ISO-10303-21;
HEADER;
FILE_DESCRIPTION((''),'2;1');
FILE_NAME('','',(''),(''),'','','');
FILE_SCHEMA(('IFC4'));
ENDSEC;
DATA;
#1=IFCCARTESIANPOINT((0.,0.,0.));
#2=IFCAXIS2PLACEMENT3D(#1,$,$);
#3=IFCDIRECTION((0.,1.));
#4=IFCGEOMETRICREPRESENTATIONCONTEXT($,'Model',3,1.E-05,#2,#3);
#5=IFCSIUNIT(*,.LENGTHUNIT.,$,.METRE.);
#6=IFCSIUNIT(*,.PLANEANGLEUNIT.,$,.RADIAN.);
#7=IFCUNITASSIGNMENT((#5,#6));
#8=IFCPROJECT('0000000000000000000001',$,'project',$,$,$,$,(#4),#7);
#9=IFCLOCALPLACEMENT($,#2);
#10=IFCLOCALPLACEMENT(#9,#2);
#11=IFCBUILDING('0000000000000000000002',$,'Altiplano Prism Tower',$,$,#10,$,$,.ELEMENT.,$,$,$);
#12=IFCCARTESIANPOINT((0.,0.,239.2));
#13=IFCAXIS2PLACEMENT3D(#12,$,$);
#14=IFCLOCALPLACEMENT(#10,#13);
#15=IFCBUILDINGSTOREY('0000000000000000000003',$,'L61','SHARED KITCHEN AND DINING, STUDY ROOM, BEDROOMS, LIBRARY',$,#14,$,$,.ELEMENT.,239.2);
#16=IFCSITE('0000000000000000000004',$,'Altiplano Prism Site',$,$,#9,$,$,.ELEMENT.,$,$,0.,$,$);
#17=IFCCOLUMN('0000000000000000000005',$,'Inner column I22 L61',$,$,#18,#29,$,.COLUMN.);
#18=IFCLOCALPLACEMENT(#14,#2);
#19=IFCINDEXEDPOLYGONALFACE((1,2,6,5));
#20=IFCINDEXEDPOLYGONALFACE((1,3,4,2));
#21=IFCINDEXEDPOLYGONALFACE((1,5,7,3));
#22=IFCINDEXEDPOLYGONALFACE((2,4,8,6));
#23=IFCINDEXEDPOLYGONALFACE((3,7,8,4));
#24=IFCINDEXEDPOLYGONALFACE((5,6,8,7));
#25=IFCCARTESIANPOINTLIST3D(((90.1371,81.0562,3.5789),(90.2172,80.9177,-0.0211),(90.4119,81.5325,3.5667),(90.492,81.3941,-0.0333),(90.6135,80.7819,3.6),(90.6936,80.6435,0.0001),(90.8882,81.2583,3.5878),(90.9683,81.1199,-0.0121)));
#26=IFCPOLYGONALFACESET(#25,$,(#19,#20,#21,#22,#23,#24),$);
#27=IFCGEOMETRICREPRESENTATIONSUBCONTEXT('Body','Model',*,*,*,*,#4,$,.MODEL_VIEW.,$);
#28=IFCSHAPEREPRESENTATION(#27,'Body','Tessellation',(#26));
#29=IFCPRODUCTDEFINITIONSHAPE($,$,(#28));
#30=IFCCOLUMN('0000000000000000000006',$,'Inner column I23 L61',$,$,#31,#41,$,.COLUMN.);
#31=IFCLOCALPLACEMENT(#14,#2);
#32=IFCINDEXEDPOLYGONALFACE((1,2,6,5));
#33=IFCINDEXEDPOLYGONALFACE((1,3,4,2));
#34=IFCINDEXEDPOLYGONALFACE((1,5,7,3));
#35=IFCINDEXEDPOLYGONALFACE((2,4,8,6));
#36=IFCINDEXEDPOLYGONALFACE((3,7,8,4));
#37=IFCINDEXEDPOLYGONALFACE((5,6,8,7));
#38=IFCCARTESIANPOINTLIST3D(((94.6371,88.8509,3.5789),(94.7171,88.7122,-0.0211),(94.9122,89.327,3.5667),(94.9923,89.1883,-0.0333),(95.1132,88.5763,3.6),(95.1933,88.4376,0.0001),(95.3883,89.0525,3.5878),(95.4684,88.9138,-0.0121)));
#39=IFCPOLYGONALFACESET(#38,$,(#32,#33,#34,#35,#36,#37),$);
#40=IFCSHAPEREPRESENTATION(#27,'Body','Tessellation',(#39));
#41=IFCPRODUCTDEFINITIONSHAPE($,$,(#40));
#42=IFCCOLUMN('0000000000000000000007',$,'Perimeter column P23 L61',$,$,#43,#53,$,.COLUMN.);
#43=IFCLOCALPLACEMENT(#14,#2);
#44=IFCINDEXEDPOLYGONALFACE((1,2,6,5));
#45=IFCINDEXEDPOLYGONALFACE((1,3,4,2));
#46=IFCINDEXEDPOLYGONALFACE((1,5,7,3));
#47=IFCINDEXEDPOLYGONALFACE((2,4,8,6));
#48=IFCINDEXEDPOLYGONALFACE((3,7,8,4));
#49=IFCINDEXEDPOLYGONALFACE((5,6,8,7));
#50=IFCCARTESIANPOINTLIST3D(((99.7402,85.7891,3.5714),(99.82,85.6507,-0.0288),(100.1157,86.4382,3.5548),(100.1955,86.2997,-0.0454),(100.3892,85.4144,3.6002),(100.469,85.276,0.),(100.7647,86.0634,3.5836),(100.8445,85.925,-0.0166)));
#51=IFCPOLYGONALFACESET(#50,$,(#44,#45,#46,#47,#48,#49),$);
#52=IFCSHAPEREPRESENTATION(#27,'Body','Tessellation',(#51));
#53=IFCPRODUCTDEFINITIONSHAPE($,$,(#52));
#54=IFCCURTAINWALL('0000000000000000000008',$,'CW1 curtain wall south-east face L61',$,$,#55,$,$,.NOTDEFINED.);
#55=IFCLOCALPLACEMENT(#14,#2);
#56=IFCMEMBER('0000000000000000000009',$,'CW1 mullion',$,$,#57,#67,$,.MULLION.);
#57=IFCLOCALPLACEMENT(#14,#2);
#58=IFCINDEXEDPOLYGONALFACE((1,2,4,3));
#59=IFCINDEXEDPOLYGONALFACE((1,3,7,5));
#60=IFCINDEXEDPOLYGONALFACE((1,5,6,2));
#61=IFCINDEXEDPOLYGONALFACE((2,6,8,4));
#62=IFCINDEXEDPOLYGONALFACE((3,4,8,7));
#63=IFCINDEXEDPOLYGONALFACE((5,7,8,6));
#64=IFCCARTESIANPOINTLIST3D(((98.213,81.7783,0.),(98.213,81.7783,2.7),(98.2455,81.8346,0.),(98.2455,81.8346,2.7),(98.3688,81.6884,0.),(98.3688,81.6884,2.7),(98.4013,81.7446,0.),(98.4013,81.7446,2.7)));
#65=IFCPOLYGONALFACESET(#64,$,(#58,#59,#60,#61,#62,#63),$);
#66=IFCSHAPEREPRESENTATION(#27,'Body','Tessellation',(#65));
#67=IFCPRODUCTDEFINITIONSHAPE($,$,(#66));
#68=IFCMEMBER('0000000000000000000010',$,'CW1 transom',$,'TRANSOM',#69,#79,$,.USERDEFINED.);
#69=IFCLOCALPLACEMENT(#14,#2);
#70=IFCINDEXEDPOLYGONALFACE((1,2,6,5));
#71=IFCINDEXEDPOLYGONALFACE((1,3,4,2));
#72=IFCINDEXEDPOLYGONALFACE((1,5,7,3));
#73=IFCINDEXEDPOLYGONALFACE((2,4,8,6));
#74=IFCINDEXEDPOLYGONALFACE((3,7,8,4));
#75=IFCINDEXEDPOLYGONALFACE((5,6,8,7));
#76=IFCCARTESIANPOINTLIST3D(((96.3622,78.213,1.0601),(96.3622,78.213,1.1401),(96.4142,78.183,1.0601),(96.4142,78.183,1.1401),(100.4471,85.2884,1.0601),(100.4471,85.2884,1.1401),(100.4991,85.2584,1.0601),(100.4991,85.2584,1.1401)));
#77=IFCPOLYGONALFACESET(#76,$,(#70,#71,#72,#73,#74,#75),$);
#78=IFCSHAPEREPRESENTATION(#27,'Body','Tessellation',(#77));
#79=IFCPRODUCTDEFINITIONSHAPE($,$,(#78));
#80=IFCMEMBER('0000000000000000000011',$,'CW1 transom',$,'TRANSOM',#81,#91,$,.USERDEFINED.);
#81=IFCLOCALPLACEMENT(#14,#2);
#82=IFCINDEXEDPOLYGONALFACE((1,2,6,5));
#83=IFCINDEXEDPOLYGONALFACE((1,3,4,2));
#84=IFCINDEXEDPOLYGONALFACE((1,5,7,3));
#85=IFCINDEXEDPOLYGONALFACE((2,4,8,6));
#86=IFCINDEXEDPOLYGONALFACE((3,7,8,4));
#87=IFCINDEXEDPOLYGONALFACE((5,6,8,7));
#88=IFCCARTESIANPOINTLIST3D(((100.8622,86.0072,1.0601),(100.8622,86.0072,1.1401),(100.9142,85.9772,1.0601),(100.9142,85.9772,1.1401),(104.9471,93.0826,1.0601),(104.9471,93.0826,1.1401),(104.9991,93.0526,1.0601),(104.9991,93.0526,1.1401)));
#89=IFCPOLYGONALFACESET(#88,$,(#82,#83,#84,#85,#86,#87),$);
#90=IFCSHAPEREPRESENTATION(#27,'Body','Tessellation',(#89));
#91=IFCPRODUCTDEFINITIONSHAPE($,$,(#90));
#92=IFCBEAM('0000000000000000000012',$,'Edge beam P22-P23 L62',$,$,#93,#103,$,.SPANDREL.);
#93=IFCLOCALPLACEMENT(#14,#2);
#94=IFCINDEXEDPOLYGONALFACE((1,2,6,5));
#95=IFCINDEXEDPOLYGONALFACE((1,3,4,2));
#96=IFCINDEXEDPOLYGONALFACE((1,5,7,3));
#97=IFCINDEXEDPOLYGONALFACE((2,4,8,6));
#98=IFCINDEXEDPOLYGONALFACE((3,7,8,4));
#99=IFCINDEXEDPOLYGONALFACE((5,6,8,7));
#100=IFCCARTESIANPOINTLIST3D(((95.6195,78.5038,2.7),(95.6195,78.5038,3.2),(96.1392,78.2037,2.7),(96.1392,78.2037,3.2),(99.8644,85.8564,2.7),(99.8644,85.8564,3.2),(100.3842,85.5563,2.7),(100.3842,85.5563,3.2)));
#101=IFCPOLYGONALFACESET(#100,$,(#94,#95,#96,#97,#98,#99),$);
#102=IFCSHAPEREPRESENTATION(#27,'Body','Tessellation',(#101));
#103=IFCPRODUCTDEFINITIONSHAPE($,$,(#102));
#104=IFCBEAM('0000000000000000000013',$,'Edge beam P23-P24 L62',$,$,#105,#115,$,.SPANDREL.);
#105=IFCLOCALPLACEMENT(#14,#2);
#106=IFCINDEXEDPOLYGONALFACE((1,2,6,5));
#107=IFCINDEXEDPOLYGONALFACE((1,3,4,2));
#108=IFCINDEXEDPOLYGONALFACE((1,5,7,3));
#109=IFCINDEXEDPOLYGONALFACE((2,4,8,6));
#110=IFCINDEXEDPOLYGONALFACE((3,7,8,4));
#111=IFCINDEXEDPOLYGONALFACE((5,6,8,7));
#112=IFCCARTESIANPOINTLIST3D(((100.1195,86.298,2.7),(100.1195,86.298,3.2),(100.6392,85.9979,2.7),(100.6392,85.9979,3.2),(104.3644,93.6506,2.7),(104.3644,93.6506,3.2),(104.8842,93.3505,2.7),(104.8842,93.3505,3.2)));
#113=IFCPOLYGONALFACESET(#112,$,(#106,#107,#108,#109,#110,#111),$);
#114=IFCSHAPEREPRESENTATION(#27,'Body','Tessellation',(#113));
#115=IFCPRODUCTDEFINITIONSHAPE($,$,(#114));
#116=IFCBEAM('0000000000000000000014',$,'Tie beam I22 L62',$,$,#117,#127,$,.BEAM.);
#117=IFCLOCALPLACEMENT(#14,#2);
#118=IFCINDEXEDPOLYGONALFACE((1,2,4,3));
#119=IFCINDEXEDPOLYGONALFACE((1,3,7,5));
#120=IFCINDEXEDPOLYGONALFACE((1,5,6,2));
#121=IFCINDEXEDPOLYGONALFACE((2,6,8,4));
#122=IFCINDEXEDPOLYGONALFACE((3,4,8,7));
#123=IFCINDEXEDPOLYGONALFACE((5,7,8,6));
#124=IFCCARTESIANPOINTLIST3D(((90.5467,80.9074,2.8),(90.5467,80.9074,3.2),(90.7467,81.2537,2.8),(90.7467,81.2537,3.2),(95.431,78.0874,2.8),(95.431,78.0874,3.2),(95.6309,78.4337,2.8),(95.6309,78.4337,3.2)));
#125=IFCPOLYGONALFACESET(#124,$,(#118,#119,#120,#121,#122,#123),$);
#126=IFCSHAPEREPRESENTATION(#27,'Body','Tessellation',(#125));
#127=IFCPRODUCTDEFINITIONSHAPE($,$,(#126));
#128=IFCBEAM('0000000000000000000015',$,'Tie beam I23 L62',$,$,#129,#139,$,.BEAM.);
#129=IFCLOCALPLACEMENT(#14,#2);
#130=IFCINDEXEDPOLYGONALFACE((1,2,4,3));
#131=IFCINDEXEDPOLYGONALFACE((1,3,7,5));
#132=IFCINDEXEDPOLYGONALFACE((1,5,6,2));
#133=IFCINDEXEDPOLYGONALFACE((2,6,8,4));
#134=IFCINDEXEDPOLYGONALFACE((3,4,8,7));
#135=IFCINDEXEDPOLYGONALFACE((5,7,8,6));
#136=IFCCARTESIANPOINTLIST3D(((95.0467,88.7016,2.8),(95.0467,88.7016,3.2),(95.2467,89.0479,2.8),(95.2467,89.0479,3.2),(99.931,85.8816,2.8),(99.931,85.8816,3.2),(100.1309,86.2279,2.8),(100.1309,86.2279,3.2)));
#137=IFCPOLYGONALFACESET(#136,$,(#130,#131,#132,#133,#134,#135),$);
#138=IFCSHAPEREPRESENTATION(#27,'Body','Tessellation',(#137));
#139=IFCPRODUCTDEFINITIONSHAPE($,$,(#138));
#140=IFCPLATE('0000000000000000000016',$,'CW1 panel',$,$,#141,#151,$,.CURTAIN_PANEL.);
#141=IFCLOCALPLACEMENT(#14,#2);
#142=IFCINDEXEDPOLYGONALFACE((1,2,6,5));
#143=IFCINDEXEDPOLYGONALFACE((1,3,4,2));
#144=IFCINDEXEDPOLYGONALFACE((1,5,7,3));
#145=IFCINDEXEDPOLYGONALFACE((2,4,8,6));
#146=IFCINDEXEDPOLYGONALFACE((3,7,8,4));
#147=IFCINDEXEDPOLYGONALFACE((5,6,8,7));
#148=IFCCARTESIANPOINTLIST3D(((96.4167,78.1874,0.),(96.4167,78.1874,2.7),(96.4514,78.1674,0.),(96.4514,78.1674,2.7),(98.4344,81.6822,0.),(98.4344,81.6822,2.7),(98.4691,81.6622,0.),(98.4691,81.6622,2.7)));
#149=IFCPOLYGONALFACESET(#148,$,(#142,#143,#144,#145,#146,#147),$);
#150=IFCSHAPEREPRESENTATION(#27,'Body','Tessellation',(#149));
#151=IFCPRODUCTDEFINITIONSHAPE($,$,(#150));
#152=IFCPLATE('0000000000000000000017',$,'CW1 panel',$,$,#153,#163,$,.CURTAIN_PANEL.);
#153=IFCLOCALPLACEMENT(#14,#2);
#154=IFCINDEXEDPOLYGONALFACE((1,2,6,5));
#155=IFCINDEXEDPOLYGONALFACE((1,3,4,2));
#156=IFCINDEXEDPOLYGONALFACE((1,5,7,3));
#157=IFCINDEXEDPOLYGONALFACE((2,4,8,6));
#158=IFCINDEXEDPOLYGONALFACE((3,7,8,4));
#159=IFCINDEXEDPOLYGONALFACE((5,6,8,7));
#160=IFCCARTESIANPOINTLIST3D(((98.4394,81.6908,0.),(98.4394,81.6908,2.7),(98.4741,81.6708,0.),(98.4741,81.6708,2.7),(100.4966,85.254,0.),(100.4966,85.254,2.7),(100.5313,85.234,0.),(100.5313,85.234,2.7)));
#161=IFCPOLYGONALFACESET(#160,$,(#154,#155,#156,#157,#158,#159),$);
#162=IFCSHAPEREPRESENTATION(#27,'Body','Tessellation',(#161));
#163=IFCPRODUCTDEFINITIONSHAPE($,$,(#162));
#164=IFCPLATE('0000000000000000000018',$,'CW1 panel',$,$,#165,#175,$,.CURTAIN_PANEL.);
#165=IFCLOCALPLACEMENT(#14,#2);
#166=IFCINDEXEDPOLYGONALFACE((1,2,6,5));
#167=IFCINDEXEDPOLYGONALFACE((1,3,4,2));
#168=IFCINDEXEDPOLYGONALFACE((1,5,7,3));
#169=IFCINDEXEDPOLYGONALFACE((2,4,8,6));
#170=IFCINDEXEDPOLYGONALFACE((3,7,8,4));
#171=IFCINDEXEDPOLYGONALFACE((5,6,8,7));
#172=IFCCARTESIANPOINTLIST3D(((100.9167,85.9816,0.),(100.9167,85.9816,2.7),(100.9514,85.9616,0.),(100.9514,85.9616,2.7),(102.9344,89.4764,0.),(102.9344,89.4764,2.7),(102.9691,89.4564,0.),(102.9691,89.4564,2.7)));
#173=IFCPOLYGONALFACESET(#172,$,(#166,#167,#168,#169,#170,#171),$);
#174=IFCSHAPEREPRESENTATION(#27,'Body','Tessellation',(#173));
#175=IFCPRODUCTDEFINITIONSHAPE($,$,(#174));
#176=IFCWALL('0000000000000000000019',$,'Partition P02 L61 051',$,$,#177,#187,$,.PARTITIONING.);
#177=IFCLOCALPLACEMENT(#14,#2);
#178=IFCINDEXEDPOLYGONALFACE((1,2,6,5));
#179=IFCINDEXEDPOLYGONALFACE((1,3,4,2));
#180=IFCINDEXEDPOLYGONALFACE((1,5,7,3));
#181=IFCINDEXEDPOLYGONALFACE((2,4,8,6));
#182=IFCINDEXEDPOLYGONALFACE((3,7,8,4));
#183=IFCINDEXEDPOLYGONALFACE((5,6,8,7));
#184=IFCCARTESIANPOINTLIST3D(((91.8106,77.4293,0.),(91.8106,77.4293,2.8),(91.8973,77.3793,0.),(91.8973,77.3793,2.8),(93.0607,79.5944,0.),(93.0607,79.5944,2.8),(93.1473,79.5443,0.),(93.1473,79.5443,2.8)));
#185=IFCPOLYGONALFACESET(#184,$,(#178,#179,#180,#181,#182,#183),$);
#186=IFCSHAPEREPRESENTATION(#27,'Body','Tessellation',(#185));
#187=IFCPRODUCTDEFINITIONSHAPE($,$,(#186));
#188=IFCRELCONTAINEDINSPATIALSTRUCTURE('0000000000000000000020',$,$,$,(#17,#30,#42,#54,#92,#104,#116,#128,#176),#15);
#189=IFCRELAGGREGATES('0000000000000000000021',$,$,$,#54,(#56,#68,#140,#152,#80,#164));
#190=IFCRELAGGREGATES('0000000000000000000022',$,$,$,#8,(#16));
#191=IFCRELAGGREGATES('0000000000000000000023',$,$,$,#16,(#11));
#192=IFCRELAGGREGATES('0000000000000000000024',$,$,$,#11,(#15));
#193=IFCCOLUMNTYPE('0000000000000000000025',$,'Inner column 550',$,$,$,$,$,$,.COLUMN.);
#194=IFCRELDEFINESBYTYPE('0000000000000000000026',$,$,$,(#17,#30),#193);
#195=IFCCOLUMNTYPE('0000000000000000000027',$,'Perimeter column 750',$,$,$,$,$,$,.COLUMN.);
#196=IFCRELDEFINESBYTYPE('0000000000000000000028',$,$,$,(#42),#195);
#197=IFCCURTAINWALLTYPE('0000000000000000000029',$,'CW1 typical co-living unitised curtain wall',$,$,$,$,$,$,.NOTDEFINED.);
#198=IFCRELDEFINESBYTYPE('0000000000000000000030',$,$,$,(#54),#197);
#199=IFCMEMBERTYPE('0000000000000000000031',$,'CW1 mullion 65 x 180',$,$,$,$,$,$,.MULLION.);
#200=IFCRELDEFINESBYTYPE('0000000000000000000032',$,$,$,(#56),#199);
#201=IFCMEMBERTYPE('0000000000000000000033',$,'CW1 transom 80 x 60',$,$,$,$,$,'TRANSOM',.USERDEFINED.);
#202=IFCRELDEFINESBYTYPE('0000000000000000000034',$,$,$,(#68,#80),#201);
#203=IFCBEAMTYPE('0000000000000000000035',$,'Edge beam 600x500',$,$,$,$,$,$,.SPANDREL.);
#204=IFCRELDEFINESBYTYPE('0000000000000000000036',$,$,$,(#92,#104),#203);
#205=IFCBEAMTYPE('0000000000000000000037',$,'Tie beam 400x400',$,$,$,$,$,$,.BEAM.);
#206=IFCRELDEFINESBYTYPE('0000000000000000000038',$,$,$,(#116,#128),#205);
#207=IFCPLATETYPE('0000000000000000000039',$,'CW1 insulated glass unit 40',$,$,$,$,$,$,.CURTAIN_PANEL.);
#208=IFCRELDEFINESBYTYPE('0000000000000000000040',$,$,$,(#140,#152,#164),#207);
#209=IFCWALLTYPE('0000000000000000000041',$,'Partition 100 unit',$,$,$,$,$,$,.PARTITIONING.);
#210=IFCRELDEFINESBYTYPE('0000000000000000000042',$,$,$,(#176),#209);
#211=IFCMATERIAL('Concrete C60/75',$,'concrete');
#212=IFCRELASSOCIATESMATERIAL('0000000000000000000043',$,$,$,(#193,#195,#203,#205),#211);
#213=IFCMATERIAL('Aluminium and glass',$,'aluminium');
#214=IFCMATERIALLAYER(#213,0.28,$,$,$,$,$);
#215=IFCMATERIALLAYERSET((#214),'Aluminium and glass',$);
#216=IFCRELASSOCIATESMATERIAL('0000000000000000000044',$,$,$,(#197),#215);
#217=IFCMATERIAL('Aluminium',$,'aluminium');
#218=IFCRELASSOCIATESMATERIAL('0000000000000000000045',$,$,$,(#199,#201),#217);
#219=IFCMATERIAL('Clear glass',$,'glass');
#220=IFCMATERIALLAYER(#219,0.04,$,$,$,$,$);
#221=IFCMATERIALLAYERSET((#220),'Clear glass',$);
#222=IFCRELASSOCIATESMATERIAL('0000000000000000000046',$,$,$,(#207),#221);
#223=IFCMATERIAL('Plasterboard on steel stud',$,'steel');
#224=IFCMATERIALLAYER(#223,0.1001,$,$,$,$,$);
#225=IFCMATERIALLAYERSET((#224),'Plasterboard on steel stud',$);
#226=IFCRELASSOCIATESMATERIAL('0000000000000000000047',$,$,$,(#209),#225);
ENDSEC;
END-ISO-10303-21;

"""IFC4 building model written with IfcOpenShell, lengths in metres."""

from ifc_helpers import new_model, si_unit, direction, frame, frame_2d, origin, origin_2d, place, context, subcontext, project, spatial, rectangle, extrude, material, layer, layer_set, material_profile, profile_set, type_object, element, aggregate, save


model = new_model("IFC4")

# Units and contexts
model_context = context("Model", 3, precision=1e-05, world=origin(), true_north=direction((0.0, 1.0)))
body_context = subcontext(model_context, "Body", "Model", "MODEL_VIEW")
ifc_project = project(units=[si_unit("LENGTHUNIT", "METRE"), si_unit("PLANEANGLEUNIT", "RADIAN")], contexts=[model_context])

# Site, building, storey
site_placement = place(None, origin())
site = spatial("IfcSite", under=ifc_project, at=site_placement, Name="Altiplano Prism Site", CompositionType="ELEMENT", RefElevation=0.0)
building_placement = place(site_placement, origin())
building = spatial("IfcBuilding", under=site, at=building_placement, Name="Altiplano Prism Tower", CompositionType="ELEMENT")
storey_placement = place(building_placement, frame((0.0, 0.0, 239.2)))
storey = spatial("IfcBuildingStorey", under=building, at=storey_placement, Name="L61", Description="SHARED KITCHEN AND DINING, STUDY ROOM, BEDROOMS, LIBRARY", CompositionType="ELEMENT", Elevation=239.2)

# Columns
ifc_material_1 = material(Name="Concrete C60/75", Category="concrete")
ifc_material_profile_1 = material_profile(ifc_material_1, rectangle(XDim=0.55, YDim=0.55, at=origin_2d()), Name="Inner column 550")
ifc_profile_set_1 = profile_set([ifc_material_profile_1], Name="Concrete C60/75")
column_type_1 = type_object("IfcColumnType", Name="Inner column 550", PredefinedType="COLUMN", material=ifc_profile_set_1)
for number, where, z_axis, x_axis, name in (
    (1, (90.5928, 81.0188, -0.0166), (-0.022223, 0.038416, 0.999015), (-0.499506, -0.866026, 0.022191), "Inner column I22 L61"),
    (2, (95.0928, 88.813, -0.0166), (-0.022223, 0.038483, 0.999012), (-0.500167, -0.865644, 0.02222), "Inner column I23 L61"),
):
    element("IfcColumn", number, at=place(storey_placement, frame(where, z_axis=z_axis, x_axis=x_axis)), inside=storey, type_object=column_type_1, Name=name, PredefinedType="COLUMN", context=body_context, shape_type="SweptSolid", body=[
        extrude(rectangle(XDim=0.55, YDim=0.55, at=origin_2d()), origin(), (0.0, 0.0, 1.0), 3.6035),
    ])
ifc_material_profile_2 = material_profile(ifc_material_1, rectangle(XDim=0.75, YDim=0.75, at=origin_2d()), Name="Perimeter column 750")
ifc_profile_set_2 = profile_set([ifc_material_profile_2], Name="Concrete C60/75")
column_type_2 = type_object("IfcColumnType", Name="Perimeter column 750", PredefinedType="COLUMN", material=ifc_profile_set_2)
column_placement = place(storey_placement, frame((100.3323, 85.7878, -0.0227), z_axis=(-0.022154, 0.038413, 0.999016), x_axis=(-0.50065, -0.865366, 0.022172)))
element("IfcColumn", 3, at=column_placement, inside=storey, type_object=column_type_2, Name="Perimeter column P23 L61", PredefinedType="COLUMN", context=body_context, shape_type="SweptSolid", body=[
    extrude(rectangle(XDim=0.75, YDim=0.75, at=origin_2d()), origin(), (0.0, 0.0, 1.0), 3.6038),
])

# Curtain wall, members
ifc_material_2 = material(Name="Aluminium and glass", Category="aluminium")
ifc_layer_1 = layer(ifc_material_2, 0.28)
ifc_layer_set_1 = layer_set([ifc_layer_1], Name="Aluminium and glass")
curtain_wall_type = type_object("IfcCurtainWallType", Name="CW1 typical co-living unitised curtain wall", PredefinedType="NOTDEFINED", material=ifc_layer_set_1)
curtain_wall_placement = place(storey_placement, origin())
curtain_wall = element("IfcCurtainWall", 4, at=curtain_wall_placement, inside=storey, type_object=curtain_wall_type, Name="CW1 curtain wall south-east face L61", PredefinedType="NOTDEFINED")
ifc_material_3 = material(Name="Aluminium", Category="aluminium")
ifc_material_profile_3 = material_profile(ifc_material_3, rectangle(XDim=0.1799, YDim=0.0649, at=origin_2d()), Name="CW1 mullion 65 x 180")
ifc_profile_set_3 = profile_set([ifc_material_profile_3], Name="Aluminium")
member_type_1 = type_object("IfcMemberType", Name="CW1 mullion 65 x 180", PredefinedType="MULLION", material=ifc_profile_set_3)
member_1_placement = place(storey_placement, frame((98.3071, 81.7615, 0.0), z_axis=(0.0, 0.0, 1.0), x_axis=(-0.866025, 0.5, 0.0)))
member_1 = element("IfcMember", 5, at=member_1_placement, type_object=member_type_1, Name="CW1 mullion", PredefinedType="MULLION", context=body_context, shape_type="SweptSolid", body=[
    extrude(rectangle(XDim=0.1799, YDim=0.0649, at=origin_2d()), origin(), (0.0, 0.0, 1.0), 2.7),
])
ifc_material_profile_4 = material_profile(ifc_material_3, rectangle(XDim=0.0601, YDim=0.0801, at=origin_2d()), Name="CW1 transom 80 x 60")
ifc_profile_set_4 = profile_set([ifc_material_profile_4], Name="Aluminium")
member_type_2 = type_object("IfcMemberType", Name="CW1 transom 80 x 60", ElementType="TRANSOM", PredefinedType="USERDEFINED", material=ifc_profile_set_4)
member_2_placement = place(storey_placement, frame((96.3882, 78.198, 1.1001), z_axis=(0.499996, 0.866028, 0.0), x_axis=(-0.866028, 0.499996, 0.0)))
member_2 = element("IfcMember", 6, at=member_2_placement, type_object=member_type_2, Name="CW1 transom", ObjectType="TRANSOM", PredefinedType="USERDEFINED", context=body_context, shape_type="SweptSolid", body=[
    extrude(rectangle(XDim=0.0601, YDim=0.0801, at=origin_2d()), origin(), (0.0, 0.0, 1.0), 8.1699),
])
member_3_placement = place(storey_placement, frame((100.8882, 85.9922, 1.1001), z_axis=(0.499996, 0.866028, 0.0), x_axis=(-0.866028, 0.499996, 0.0)))
member_3 = element("IfcMember", 7, at=member_3_placement, type_object=member_type_2, Name="CW1 transom", ObjectType="TRANSOM", PredefinedType="USERDEFINED", context=body_context, shape_type="SweptSolid", body=[
    extrude(rectangle(XDim=0.0601, YDim=0.0801, at=origin_2d()), origin(), (0.0, 0.0, 1.0), 8.1699),
])

# Beams
ifc_material_profile_5 = material_profile(ifc_material_1, rectangle(XDim=0.6001, YDim=0.5, at=origin_2d()), Name="Edge beam 600x500")
ifc_profile_set_5 = profile_set([ifc_material_profile_5], Name="Concrete C60/75")
beam_type_1 = type_object("IfcBeamType", Name="Edge beam 600x500", PredefinedType="SPANDREL", material=ifc_profile_set_5)
for number, where, z_axis, x_axis, name in (
    (8, (95.8794, 78.3538, 2.95), (0.49999, 0.866031, 0.0), (-0.866031, 0.49999, 0.0), "Edge beam P22-P23 L62"),
    (9, (100.3794, 86.1479, 2.95), (0.49999, 0.866031, 0.0), (-0.866031, 0.49999, 0.0), "Edge beam P23-P24 L62"),
):
    element("IfcBeam", number, at=place(storey_placement, frame(where, z_axis=z_axis, x_axis=x_axis)), inside=storey, type_object=beam_type_1, Name=name, PredefinedType="SPANDREL", context=body_context, shape_type="SweptSolid", body=[
        extrude(rectangle(XDim=0.6001, YDim=0.5, at=origin_2d()), origin(), (0.0, 0.0, 1.0), 8.49),
    ])
ifc_material_profile_6 = material_profile(ifc_material_1, rectangle(XDim=0.3999, YDim=0.3999, at=origin_2d()), Name="Tie beam 400x400")
ifc_profile_set_6 = profile_set([ifc_material_profile_6], Name="Concrete C60/75")
beam_type_2 = type_object("IfcBeamType", Name="Tie beam 400x400", PredefinedType="BEAM", material=ifc_profile_set_6)
for number, where, z_axis, x_axis, name in (
    (10, (90.6467, 81.0806, 3.0), (0.866015, -0.500017, 0.0), (0.500017, 0.866015, 0.0), "Tie beam I22 L62"),
    (11, (95.1467, 88.8748, 3.0), (0.866015, -0.500017, 0.0), (0.500017, 0.866015, 0.0), "Tie beam I23 L62"),
):
    element("IfcBeam", number, at=place(storey_placement, frame(where, z_axis=z_axis, x_axis=x_axis)), inside=storey, type_object=beam_type_2, Name=name, PredefinedType="BEAM", context=body_context, shape_type="SweptSolid", body=[
        extrude(rectangle(XDim=0.3999, YDim=0.3999, at=origin_2d()), origin(), (0.0, 0.0, 1.0), 5.6399),
    ])

# Plates
ifc_material_4 = material(Name="Clear glass", Category="glass")
ifc_layer_2 = layer(ifc_material_4, 0.04)
ifc_layer_set_2 = layer_set([ifc_layer_2], Name="Clear glass")
plate_type = type_object("IfcPlateType", Name="CW1 insulated glass unit 40", PredefinedType="CURTAIN_PANEL", material=ifc_layer_set_2)
plate_1_placement = place(storey_placement, frame((97.4429, 79.9248, 0.0), z_axis=(0.0, 0.0, 1.0), x_axis=(0.5, 0.866025, 0.0)))
plate_1 = element("IfcPlate", 12, at=plate_1_placement, type_object=plate_type, Name="CW1 panel", PredefinedType="CURTAIN_PANEL", context=body_context, shape_type="SweptSolid", body=[
    extrude(rectangle(XDim=4.0354, YDim=0.04, at=origin_2d()), origin(), (0.0, 0.0, 1.0), 2.7),
])
plate_2_placement = place(storey_placement, frame((99.4854, 83.4624, 0.0), z_axis=(0.0, 0.0, 1.0), x_axis=(0.5, 0.866025, 0.0)))
plate_2 = element("IfcPlate", 13, at=plate_2_placement, type_object=plate_type, Name="CW1 panel", PredefinedType="CURTAIN_PANEL", context=body_context, shape_type="SweptSolid", body=[
    extrude(rectangle(XDim=4.1145, YDim=0.04, at=origin_2d()), origin(), (0.0, 0.0, 1.0), 2.7),
])
plate_3_placement = place(storey_placement, frame((101.9429, 87.719, 0.0), z_axis=(0.0, 0.0, 1.0), x_axis=(0.5, 0.866025, 0.0)))
plate_3 = element("IfcPlate", 14, at=plate_3_placement, type_object=plate_type, Name="CW1 panel", PredefinedType="CURTAIN_PANEL", context=body_context, shape_type="SweptSolid", body=[
    extrude(rectangle(XDim=4.0354, YDim=0.04, at=origin_2d()), origin(), (0.0, 0.0, 1.0), 2.7),
])
aggregate(curtain_wall, [member_1, member_2, plate_1, plate_2, member_3, plate_3])

# Wall
ifc_material_5 = material(Name="Plasterboard on steel stud", Category="steel")
ifc_layer_3 = layer(ifc_material_5, 0.1001)
ifc_layer_set_3 = layer_set([ifc_layer_3], Name="Plasterboard on steel stud")
wall_type_1 = type_object("IfcWallType", Name="Partition 100 unit", PredefinedType="PARTITIONING", material=ifc_layer_set_3)
wall_1_placement = place(storey_placement, frame((93.104, 79.5693, 0.0), z_axis=(0.0, 0.0, 1.0), x_axis=(-0.500004, -0.866023, 0.0)))
element("IfcWall", 15, at=wall_1_placement, inside=storey, type_object=wall_type_1, Name="Partition P02 L61 051", PredefinedType="PARTITIONING", context=body_context, shape_type="SweptSolid", body=[
    extrude(rectangle(XDim=2.5, YDim=0.1001, at=frame_2d((1.25, 0.0))), origin(), (0.0, 0.0, 1.0), 2.8),
])

save(model, "model.ifc")
